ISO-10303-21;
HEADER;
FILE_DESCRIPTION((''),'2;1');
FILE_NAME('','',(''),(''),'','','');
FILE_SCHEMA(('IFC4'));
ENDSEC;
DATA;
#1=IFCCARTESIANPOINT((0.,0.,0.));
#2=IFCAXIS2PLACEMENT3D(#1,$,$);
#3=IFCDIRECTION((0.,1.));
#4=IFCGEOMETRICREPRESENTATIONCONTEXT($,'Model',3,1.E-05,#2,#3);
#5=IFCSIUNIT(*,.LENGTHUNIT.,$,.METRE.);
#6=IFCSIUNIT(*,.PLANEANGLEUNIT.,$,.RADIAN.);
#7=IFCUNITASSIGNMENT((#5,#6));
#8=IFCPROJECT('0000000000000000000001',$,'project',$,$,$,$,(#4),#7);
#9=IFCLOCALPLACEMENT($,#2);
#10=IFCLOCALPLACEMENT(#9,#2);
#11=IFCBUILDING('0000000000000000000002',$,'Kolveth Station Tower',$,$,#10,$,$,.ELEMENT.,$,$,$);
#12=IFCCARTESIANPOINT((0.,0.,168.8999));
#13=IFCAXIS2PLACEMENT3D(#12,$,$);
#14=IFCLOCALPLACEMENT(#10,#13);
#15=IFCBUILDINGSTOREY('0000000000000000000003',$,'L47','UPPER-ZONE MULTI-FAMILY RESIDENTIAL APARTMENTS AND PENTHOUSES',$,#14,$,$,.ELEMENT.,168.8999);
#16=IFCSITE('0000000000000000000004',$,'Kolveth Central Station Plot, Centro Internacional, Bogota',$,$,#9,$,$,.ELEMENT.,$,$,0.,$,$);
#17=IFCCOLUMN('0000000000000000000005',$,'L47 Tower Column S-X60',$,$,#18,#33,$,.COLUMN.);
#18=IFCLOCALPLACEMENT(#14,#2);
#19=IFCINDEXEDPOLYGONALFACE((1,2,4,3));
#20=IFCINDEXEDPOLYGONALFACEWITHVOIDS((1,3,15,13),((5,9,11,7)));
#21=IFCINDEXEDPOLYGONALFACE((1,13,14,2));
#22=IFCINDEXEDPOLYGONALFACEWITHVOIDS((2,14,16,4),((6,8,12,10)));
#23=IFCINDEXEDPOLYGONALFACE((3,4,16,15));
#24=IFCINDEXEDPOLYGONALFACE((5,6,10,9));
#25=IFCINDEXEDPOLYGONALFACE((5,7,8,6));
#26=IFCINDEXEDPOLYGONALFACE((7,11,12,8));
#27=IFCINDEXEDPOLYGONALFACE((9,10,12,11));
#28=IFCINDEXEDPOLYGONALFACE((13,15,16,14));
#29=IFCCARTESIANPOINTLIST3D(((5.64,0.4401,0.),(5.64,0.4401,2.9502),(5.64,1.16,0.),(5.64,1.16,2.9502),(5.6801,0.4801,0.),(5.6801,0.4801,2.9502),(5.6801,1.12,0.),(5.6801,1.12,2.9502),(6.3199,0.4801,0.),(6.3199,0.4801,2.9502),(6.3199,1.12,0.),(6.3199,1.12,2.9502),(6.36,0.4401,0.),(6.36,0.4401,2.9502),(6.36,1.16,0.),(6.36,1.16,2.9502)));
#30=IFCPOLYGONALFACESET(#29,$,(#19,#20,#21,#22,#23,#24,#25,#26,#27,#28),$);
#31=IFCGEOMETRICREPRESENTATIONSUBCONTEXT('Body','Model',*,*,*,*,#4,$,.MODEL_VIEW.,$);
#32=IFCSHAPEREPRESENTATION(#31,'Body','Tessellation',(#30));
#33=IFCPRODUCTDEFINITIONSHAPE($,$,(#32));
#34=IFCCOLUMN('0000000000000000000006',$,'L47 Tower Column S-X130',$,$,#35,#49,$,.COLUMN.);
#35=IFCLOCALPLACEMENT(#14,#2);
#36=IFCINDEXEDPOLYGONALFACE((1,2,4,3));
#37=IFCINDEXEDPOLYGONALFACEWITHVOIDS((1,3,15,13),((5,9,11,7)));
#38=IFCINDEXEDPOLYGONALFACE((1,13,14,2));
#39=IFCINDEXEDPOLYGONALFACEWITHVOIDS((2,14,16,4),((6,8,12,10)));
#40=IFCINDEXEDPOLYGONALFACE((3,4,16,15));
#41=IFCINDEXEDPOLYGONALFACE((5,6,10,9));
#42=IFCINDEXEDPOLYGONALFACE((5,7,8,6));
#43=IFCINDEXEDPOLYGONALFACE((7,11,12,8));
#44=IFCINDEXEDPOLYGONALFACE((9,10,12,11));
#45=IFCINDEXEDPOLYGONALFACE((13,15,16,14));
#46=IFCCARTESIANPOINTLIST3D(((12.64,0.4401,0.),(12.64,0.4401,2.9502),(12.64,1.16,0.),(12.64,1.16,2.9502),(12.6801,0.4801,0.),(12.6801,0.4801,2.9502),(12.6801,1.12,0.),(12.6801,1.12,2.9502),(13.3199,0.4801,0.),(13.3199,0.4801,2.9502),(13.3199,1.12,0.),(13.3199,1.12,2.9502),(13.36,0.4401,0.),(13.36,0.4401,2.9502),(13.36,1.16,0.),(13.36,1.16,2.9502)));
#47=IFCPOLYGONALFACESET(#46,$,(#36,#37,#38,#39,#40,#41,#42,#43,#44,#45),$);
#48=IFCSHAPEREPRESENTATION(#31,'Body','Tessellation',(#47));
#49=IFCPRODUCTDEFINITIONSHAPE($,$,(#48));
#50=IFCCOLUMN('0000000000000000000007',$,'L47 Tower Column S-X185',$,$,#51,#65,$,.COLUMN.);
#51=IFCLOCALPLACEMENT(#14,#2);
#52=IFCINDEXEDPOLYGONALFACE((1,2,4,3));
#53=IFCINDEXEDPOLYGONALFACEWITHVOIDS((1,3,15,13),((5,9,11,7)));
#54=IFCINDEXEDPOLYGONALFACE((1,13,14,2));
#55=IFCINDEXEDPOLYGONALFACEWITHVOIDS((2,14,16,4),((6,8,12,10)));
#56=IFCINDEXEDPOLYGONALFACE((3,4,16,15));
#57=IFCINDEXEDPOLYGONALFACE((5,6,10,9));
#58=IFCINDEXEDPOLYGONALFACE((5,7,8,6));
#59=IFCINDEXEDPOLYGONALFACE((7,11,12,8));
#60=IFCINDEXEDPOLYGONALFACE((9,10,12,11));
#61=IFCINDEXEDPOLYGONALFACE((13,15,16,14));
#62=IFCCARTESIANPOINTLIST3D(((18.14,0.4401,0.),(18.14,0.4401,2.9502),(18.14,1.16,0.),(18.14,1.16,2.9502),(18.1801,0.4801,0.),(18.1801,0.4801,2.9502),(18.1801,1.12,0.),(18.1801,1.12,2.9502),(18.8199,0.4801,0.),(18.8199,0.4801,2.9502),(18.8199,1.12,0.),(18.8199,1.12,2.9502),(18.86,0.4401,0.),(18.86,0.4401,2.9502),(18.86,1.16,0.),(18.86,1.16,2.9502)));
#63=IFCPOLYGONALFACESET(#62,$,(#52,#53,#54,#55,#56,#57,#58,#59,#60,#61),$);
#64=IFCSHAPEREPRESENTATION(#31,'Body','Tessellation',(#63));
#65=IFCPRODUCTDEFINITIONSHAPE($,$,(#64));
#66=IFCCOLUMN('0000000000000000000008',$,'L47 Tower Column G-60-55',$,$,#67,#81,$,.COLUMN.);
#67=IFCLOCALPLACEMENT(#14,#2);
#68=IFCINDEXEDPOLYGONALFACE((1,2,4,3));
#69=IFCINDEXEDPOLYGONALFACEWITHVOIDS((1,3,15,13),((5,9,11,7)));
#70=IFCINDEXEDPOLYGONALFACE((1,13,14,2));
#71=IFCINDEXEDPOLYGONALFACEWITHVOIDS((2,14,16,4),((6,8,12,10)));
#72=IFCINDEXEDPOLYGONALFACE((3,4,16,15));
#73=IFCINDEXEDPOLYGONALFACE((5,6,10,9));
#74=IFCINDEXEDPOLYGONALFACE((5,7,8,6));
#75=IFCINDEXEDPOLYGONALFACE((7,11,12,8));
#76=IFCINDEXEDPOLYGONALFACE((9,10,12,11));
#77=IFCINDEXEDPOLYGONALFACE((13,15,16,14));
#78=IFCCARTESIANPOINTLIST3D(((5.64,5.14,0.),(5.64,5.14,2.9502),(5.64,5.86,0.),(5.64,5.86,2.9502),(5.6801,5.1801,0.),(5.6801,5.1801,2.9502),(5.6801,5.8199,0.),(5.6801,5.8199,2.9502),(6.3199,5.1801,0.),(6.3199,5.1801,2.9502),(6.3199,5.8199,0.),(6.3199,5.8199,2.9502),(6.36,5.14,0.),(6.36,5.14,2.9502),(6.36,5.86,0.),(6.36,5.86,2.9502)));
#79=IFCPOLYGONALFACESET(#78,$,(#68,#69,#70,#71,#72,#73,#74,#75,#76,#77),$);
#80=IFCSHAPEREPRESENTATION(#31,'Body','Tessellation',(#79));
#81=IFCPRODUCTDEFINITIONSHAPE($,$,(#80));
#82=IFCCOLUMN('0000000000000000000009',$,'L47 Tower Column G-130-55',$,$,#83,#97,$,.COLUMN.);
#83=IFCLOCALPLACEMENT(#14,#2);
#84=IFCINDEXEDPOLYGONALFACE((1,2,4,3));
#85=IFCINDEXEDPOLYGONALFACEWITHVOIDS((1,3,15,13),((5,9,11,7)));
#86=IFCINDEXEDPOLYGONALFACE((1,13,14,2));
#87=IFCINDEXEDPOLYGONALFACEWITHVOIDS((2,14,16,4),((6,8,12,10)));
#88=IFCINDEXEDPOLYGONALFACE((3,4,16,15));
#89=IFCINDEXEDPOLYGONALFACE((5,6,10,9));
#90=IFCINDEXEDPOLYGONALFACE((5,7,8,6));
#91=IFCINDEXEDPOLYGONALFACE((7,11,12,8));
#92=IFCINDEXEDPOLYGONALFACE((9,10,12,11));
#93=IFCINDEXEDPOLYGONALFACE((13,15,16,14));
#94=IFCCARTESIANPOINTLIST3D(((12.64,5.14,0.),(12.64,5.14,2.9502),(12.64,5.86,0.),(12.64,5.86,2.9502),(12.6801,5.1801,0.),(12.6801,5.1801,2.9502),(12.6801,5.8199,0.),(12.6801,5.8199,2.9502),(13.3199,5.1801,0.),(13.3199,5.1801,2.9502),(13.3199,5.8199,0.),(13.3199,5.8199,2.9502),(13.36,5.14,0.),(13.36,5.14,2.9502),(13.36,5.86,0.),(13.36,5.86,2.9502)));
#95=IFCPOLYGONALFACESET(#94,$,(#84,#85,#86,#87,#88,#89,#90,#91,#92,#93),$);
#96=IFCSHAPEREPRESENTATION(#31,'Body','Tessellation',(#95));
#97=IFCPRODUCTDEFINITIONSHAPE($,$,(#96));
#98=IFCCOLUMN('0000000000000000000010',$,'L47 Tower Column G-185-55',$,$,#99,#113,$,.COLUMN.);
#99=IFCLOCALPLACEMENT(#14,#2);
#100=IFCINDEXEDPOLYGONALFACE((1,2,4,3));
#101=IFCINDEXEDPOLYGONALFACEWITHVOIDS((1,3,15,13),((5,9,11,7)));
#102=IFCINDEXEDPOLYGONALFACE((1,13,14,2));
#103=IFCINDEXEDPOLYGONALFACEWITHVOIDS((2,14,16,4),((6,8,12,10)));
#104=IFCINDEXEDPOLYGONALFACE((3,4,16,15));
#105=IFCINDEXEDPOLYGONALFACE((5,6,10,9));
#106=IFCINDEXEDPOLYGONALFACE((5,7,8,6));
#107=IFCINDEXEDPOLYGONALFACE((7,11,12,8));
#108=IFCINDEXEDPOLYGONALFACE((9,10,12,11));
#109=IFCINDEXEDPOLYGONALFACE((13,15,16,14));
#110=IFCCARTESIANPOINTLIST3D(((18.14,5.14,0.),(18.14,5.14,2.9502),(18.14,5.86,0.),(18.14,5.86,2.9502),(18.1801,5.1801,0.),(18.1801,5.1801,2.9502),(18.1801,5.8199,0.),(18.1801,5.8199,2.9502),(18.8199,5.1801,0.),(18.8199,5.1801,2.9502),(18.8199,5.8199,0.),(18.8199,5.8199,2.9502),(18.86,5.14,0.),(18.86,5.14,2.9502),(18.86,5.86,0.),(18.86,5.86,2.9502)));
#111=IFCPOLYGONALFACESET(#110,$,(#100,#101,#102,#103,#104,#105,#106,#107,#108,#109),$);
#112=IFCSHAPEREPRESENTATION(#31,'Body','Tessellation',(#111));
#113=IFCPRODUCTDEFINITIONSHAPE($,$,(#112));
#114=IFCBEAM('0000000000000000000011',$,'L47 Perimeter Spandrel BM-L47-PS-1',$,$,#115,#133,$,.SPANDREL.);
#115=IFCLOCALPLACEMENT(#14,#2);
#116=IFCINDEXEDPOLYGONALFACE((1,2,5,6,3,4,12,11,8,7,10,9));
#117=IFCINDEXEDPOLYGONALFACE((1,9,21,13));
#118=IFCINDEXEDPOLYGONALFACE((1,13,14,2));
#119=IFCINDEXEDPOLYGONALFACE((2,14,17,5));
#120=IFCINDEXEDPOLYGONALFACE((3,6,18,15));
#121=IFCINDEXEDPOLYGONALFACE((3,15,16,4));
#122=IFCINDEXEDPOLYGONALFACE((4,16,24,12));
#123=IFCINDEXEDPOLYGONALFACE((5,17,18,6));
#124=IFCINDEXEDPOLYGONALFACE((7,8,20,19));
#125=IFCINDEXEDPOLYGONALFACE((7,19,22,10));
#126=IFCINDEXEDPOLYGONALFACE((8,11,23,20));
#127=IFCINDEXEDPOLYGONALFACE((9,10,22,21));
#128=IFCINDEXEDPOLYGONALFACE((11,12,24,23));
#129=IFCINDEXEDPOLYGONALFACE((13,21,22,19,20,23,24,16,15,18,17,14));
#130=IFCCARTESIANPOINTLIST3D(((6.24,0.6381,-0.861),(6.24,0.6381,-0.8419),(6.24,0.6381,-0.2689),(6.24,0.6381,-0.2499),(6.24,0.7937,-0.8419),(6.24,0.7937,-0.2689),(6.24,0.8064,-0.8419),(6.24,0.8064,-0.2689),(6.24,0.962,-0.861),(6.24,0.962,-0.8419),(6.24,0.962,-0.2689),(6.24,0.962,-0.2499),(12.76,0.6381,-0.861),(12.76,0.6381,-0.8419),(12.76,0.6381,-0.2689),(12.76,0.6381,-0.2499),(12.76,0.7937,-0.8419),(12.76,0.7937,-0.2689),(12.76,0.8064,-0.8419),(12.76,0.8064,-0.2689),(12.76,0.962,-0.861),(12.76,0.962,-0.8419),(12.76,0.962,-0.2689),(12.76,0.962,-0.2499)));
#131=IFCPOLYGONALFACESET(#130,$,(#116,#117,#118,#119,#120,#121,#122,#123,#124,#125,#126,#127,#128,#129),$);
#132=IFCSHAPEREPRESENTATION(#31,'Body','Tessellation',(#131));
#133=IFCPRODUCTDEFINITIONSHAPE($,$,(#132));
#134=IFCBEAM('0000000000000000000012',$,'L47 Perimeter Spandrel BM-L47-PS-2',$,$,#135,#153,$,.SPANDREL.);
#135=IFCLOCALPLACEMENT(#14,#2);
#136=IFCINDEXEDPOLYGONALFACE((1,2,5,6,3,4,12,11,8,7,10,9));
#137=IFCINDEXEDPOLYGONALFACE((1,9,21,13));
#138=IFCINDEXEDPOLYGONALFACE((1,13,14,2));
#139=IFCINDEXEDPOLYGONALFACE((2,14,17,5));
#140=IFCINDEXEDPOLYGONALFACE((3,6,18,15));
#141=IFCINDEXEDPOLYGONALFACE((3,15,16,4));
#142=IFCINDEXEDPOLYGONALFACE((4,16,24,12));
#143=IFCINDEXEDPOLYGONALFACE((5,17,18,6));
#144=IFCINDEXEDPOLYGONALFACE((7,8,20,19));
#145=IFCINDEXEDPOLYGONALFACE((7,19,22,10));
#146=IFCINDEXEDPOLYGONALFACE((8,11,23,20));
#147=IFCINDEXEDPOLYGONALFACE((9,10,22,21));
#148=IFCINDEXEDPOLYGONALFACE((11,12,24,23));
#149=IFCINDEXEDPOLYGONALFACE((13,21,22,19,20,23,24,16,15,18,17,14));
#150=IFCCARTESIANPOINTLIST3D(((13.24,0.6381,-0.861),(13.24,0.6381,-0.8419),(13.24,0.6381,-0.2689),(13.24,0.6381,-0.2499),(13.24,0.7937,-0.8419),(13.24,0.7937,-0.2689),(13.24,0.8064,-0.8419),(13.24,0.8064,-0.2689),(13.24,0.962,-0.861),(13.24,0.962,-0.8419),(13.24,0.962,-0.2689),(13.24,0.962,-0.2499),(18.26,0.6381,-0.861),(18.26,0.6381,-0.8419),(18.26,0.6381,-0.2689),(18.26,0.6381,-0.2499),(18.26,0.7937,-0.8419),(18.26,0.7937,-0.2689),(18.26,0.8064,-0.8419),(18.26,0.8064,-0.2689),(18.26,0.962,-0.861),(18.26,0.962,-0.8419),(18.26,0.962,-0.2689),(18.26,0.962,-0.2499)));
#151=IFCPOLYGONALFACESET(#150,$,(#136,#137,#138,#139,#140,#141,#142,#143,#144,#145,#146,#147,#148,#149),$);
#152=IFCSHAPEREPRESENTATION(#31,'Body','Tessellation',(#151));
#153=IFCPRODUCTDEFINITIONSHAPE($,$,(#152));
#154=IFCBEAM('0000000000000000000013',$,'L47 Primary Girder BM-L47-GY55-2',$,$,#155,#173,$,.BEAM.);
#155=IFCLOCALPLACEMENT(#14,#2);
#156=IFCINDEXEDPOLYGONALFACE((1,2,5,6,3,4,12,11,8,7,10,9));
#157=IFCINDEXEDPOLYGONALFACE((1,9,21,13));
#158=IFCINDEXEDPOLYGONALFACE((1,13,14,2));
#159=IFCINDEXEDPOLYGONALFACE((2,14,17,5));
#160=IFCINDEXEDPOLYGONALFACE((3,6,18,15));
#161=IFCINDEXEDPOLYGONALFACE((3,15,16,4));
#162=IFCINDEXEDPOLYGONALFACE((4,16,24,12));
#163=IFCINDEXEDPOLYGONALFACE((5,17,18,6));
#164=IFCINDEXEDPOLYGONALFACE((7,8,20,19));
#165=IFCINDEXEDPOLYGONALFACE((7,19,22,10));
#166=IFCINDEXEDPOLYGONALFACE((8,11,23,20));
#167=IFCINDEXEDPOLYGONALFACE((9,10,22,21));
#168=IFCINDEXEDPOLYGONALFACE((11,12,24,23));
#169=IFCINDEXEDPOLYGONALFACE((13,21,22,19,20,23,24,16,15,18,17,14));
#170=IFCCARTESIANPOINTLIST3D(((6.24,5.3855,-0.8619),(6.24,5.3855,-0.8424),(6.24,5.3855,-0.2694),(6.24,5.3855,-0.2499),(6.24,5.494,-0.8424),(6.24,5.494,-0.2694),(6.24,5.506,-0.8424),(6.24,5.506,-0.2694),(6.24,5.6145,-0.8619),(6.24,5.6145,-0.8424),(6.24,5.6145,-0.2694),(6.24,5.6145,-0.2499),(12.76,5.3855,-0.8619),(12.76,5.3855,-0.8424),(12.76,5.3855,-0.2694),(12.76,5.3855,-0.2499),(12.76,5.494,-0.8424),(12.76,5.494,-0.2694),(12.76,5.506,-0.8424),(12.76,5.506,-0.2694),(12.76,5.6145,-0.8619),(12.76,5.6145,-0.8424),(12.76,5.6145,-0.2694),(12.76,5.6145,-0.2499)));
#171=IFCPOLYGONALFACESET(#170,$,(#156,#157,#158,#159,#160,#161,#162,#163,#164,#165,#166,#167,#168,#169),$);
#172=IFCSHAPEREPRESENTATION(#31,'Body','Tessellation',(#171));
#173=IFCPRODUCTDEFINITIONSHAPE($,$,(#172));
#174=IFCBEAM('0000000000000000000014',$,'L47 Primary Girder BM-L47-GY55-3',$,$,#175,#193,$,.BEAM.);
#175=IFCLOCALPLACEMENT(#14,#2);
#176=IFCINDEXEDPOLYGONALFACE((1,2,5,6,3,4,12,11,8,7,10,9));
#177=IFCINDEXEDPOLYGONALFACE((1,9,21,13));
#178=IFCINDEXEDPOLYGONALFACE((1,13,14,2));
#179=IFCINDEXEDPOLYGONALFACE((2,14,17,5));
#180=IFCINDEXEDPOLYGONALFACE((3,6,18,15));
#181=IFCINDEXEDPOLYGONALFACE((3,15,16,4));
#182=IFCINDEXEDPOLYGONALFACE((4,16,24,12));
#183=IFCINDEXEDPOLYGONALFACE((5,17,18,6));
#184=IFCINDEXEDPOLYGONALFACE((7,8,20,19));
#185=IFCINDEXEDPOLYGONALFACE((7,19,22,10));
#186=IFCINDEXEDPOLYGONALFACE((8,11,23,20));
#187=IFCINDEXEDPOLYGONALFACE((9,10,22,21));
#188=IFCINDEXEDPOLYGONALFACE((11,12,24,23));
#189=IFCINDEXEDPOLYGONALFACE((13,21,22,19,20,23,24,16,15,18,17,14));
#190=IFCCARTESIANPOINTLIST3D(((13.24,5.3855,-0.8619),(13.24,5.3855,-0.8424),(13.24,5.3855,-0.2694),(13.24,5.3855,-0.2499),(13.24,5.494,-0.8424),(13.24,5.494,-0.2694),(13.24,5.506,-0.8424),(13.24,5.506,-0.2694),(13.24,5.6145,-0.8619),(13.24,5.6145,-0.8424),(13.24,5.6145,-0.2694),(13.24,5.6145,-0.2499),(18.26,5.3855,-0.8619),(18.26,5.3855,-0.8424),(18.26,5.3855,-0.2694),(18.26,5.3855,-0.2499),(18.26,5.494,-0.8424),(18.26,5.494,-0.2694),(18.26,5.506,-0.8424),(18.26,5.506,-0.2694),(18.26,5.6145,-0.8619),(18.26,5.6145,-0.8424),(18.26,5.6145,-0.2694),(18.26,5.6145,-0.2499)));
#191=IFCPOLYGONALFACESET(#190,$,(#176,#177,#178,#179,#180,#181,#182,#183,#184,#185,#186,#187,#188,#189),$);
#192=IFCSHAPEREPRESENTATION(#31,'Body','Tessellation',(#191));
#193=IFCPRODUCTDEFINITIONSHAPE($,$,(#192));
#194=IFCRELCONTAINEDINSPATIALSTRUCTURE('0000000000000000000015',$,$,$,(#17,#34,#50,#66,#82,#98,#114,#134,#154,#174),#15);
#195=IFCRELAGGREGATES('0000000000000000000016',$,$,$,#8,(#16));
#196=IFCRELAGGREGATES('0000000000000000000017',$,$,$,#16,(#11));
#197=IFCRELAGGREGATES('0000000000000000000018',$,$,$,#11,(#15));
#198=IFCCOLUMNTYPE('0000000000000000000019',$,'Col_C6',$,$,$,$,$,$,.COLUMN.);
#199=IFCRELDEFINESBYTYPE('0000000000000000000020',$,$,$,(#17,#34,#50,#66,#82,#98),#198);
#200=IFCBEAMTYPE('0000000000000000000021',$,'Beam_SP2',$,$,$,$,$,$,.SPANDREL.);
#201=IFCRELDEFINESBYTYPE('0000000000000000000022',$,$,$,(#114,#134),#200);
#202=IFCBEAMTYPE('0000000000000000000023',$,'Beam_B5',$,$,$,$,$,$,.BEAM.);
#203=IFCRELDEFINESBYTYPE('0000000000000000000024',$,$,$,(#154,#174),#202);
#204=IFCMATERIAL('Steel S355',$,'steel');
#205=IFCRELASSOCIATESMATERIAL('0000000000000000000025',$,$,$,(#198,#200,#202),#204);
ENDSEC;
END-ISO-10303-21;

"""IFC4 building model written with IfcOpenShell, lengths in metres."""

from ifc_helpers import new_model, si_unit, direction, frame, origin, origin_2d, place, context, subcontext, project, spatial, hollow_rectangle, i_section, extrude, source, transform, mapped, material, material_profile, profile_set, type_object, element, save


model = new_model("IFC4")

# Units and contexts
model_context = context("Model", 3, precision=1e-05, world=origin(), true_north=direction((0.0, 1.0)))
body_context = subcontext(model_context, "Body", "Model", "MODEL_VIEW")
ifc_project = project(units=[si_unit("LENGTHUNIT", "METRE"), si_unit("PLANEANGLEUNIT", "RADIAN")], contexts=[model_context])

# Site, building, storey
site_placement = place(None, origin())
site = spatial("IfcSite", under=ifc_project, at=site_placement, Name="Kolveth Central Station Plot, Centro Internacional, Bogota", CompositionType="ELEMENT", RefElevation=0.0)
building_placement = place(site_placement, origin())
building = spatial("IfcBuilding", under=site, at=building_placement, Name="Kolveth Station Tower", CompositionType="ELEMENT")
storey_placement = place(building_placement, frame((0.0, 0.0, 168.8999)))
storey = spatial("IfcBuildingStorey", under=building, at=storey_placement, Name="L47", Description="UPPER-ZONE MULTI-FAMILY RESIDENTIAL APARTMENTS AND PENTHOUSES", CompositionType="ELEMENT", Elevation=168.8999)

# Columns
ifc_material = material(Name="Steel S355", Category="steel")
ifc_material_profile_1 = material_profile(ifc_material, hollow_rectangle(XDim=0.72, YDim=0.72, WallThickness=0.04, at=origin_2d()), Name="BOX720x720x40")
ifc_profile_set_1 = profile_set([ifc_material_profile_1], Name="Steel S355")
column_type = type_object("IfcColumnType", Name="Col_C6", PredefinedType="COLUMN", material=ifc_profile_set_1)
shared_shape_1 = source(origin(), body_context, "Body", "SweptSolid", [
    extrude(hollow_rectangle(XDim=0.72, YDim=0.72, WallThickness=0.04, at=origin_2d()), origin(), (0.0, 0.0, 1.0), 2.9502),
])
for number, where, z_axis, x_axis, name in (
    (1, (6.0, 0.8, 0.0), (0.0, 0.0, 1.0), (1.0, 0.0, 0.0), "L47 Tower Column S-X60"),
    (2, (13.0, 0.8, 0.0), (0.0, 0.0, 1.0), (1.0, 0.0, 0.0), "L47 Tower Column S-X130"),
    (3, (18.5, 0.8, 0.0), (0.0, 0.0, 1.0), (1.0, 0.0, 0.0), "L47 Tower Column S-X185"),
    (4, (6.0, 5.5, 0.0), (0.0, 0.0, 1.0), (1.0, 0.0, 0.0), "L47 Tower Column G-60-55"),
    (5, (13.0, 5.5, 0.0), (0.0, 0.0, 1.0), (1.0, 0.0, 0.0), "L47 Tower Column G-130-55"),
    (6, (18.5, 5.5, 0.0), (0.0, 0.0, 1.0), (1.0, 0.0, 0.0), "L47 Tower Column G-185-55"),
):
    element("IfcColumn", number, at=place(storey_placement, frame(where, z_axis=z_axis, x_axis=x_axis)), inside=storey, type_object=column_type, Name=name, PredefinedType="COLUMN", context=body_context, shape_type="MappedRepresentation", body=[
        mapped(shared_shape_1, transform((0.0, 0.0, 0.0), x_axis=(1.0, 0.0, 0.0), y_axis=(0.0, 1.0, 0.0), z_axis=(0.0, 0.0, 1.0), scale=1.0)),
    ])

# Beams
ifc_material_profile_2 = material_profile(ifc_material, i_section(OverallWidth=0.324, OverallDepth=0.6111, WebThickness=0.0127, FlangeThickness=0.019, at=origin_2d()), Name="W610x155")
ifc_profile_set_2 = profile_set([ifc_material_profile_2], Name="Steel S355")
beam_type_1 = type_object("IfcBeamType", Name="Beam_SP2", PredefinedType="SPANDREL", material=ifc_profile_set_2)
shared_shape_2 = source(origin(), body_context, "Body", "SweptSolid", [
    extrude(i_section(OverallWidth=0.324, OverallDepth=0.6111, WebThickness=0.0127, FlangeThickness=0.019, at=origin_2d()), origin(), (0.0, 0.0, 1.0), 6.52),
])
beam_1_placement = place(storey_placement, frame((6.24, 0.8, -0.5554), z_axis=(1.0, 0.0, 0.0), x_axis=(0.0, 1.0, 0.0)))
element("IfcBeam", 7, at=beam_1_placement, inside=storey, type_object=beam_type_1, Name="L47 Perimeter Spandrel BM-L47-PS-1", PredefinedType="SPANDREL", context=body_context, shape_type="MappedRepresentation", body=[
    mapped(shared_shape_2, transform((0.0, 0.0, 0.0), x_axis=(1.0, 0.0, 0.0), y_axis=(0.0, 1.0, 0.0), z_axis=(0.0, 0.0, 1.0), scale=1.0)),
])
shared_shape_3 = source(origin(), body_context, "Body", "SweptSolid", [
    extrude(i_section(OverallWidth=0.324, OverallDepth=0.6111, WebThickness=0.0127, FlangeThickness=0.019, at=origin_2d()), origin(), (0.0, 0.0, 1.0), 5.02),
])
beam_2_placement = place(storey_placement, frame((13.24, 0.8, -0.5554), z_axis=(1.0, 0.0, 0.0), x_axis=(0.0, 1.0, 0.0)))
element("IfcBeam", 8, at=beam_2_placement, inside=storey, type_object=beam_type_1, Name="L47 Perimeter Spandrel BM-L47-PS-2", PredefinedType="SPANDREL", context=body_context, shape_type="MappedRepresentation", body=[
    mapped(shared_shape_3, transform((0.0, 0.0, 0.0), x_axis=(1.0, 0.0, 0.0), y_axis=(0.0, 1.0, 0.0), z_axis=(0.0, 0.0, 1.0), scale=1.0)),
])
ifc_material_profile_3 = material_profile(ifc_material, i_section(OverallWidth=0.229, OverallDepth=0.6121, WebThickness=0.012, FlangeThickness=0.0195, at=origin_2d()), Name="W610x125")
ifc_profile_set_3 = profile_set([ifc_material_profile_3], Name="Steel S355")
beam_type_2 = type_object("IfcBeamType", Name="Beam_B5", PredefinedType="BEAM", material=ifc_profile_set_3)
shared_shape_4 = source(origin(), body_context, "Body", "SweptSolid", [
    extrude(i_section(OverallWidth=0.229, OverallDepth=0.6121, WebThickness=0.012, FlangeThickness=0.0195, at=origin_2d()), origin(), (0.0, 0.0, 1.0), 6.52),
])
beam_3_placement = place(storey_placement, frame((6.24, 5.5, -0.5559), z_axis=(1.0, 0.0, 0.0), x_axis=(0.0, 1.0, 0.0)))
element("IfcBeam", 9, at=beam_3_placement, inside=storey, type_object=beam_type_2, Name="L47 Primary Girder BM-L47-GY55-2", PredefinedType="BEAM", context=body_context, shape_type="MappedRepresentation", body=[
    mapped(shared_shape_4, transform((0.0, 0.0, 0.0), x_axis=(1.0, 0.0, 0.0), y_axis=(0.0, 1.0, 0.0), z_axis=(0.0, 0.0, 1.0), scale=1.0)),
])
shared_shape_5 = source(origin(), body_context, "Body", "SweptSolid", [
    extrude(i_section(OverallWidth=0.229, OverallDepth=0.6121, WebThickness=0.012, FlangeThickness=0.0195, at=origin_2d()), origin(), (0.0, 0.0, 1.0), 5.02),
])
beam_4_placement = place(storey_placement, frame((13.24, 5.5, -0.5559), z_axis=(1.0, 0.0, 0.0), x_axis=(0.0, 1.0, 0.0)))
element("IfcBeam", 10, at=beam_4_placement, inside=storey, type_object=beam_type_2, Name="L47 Primary Girder BM-L47-GY55-3", PredefinedType="BEAM", context=body_context, shape_type="MappedRepresentation", body=[
    mapped(shared_shape_5, transform((0.0, 0.0, 0.0), x_axis=(1.0, 0.0, 0.0), y_axis=(0.0, 1.0, 0.0), z_axis=(0.0, 0.0, 1.0), scale=1.0)),
])

save(model, "model.ifc")
